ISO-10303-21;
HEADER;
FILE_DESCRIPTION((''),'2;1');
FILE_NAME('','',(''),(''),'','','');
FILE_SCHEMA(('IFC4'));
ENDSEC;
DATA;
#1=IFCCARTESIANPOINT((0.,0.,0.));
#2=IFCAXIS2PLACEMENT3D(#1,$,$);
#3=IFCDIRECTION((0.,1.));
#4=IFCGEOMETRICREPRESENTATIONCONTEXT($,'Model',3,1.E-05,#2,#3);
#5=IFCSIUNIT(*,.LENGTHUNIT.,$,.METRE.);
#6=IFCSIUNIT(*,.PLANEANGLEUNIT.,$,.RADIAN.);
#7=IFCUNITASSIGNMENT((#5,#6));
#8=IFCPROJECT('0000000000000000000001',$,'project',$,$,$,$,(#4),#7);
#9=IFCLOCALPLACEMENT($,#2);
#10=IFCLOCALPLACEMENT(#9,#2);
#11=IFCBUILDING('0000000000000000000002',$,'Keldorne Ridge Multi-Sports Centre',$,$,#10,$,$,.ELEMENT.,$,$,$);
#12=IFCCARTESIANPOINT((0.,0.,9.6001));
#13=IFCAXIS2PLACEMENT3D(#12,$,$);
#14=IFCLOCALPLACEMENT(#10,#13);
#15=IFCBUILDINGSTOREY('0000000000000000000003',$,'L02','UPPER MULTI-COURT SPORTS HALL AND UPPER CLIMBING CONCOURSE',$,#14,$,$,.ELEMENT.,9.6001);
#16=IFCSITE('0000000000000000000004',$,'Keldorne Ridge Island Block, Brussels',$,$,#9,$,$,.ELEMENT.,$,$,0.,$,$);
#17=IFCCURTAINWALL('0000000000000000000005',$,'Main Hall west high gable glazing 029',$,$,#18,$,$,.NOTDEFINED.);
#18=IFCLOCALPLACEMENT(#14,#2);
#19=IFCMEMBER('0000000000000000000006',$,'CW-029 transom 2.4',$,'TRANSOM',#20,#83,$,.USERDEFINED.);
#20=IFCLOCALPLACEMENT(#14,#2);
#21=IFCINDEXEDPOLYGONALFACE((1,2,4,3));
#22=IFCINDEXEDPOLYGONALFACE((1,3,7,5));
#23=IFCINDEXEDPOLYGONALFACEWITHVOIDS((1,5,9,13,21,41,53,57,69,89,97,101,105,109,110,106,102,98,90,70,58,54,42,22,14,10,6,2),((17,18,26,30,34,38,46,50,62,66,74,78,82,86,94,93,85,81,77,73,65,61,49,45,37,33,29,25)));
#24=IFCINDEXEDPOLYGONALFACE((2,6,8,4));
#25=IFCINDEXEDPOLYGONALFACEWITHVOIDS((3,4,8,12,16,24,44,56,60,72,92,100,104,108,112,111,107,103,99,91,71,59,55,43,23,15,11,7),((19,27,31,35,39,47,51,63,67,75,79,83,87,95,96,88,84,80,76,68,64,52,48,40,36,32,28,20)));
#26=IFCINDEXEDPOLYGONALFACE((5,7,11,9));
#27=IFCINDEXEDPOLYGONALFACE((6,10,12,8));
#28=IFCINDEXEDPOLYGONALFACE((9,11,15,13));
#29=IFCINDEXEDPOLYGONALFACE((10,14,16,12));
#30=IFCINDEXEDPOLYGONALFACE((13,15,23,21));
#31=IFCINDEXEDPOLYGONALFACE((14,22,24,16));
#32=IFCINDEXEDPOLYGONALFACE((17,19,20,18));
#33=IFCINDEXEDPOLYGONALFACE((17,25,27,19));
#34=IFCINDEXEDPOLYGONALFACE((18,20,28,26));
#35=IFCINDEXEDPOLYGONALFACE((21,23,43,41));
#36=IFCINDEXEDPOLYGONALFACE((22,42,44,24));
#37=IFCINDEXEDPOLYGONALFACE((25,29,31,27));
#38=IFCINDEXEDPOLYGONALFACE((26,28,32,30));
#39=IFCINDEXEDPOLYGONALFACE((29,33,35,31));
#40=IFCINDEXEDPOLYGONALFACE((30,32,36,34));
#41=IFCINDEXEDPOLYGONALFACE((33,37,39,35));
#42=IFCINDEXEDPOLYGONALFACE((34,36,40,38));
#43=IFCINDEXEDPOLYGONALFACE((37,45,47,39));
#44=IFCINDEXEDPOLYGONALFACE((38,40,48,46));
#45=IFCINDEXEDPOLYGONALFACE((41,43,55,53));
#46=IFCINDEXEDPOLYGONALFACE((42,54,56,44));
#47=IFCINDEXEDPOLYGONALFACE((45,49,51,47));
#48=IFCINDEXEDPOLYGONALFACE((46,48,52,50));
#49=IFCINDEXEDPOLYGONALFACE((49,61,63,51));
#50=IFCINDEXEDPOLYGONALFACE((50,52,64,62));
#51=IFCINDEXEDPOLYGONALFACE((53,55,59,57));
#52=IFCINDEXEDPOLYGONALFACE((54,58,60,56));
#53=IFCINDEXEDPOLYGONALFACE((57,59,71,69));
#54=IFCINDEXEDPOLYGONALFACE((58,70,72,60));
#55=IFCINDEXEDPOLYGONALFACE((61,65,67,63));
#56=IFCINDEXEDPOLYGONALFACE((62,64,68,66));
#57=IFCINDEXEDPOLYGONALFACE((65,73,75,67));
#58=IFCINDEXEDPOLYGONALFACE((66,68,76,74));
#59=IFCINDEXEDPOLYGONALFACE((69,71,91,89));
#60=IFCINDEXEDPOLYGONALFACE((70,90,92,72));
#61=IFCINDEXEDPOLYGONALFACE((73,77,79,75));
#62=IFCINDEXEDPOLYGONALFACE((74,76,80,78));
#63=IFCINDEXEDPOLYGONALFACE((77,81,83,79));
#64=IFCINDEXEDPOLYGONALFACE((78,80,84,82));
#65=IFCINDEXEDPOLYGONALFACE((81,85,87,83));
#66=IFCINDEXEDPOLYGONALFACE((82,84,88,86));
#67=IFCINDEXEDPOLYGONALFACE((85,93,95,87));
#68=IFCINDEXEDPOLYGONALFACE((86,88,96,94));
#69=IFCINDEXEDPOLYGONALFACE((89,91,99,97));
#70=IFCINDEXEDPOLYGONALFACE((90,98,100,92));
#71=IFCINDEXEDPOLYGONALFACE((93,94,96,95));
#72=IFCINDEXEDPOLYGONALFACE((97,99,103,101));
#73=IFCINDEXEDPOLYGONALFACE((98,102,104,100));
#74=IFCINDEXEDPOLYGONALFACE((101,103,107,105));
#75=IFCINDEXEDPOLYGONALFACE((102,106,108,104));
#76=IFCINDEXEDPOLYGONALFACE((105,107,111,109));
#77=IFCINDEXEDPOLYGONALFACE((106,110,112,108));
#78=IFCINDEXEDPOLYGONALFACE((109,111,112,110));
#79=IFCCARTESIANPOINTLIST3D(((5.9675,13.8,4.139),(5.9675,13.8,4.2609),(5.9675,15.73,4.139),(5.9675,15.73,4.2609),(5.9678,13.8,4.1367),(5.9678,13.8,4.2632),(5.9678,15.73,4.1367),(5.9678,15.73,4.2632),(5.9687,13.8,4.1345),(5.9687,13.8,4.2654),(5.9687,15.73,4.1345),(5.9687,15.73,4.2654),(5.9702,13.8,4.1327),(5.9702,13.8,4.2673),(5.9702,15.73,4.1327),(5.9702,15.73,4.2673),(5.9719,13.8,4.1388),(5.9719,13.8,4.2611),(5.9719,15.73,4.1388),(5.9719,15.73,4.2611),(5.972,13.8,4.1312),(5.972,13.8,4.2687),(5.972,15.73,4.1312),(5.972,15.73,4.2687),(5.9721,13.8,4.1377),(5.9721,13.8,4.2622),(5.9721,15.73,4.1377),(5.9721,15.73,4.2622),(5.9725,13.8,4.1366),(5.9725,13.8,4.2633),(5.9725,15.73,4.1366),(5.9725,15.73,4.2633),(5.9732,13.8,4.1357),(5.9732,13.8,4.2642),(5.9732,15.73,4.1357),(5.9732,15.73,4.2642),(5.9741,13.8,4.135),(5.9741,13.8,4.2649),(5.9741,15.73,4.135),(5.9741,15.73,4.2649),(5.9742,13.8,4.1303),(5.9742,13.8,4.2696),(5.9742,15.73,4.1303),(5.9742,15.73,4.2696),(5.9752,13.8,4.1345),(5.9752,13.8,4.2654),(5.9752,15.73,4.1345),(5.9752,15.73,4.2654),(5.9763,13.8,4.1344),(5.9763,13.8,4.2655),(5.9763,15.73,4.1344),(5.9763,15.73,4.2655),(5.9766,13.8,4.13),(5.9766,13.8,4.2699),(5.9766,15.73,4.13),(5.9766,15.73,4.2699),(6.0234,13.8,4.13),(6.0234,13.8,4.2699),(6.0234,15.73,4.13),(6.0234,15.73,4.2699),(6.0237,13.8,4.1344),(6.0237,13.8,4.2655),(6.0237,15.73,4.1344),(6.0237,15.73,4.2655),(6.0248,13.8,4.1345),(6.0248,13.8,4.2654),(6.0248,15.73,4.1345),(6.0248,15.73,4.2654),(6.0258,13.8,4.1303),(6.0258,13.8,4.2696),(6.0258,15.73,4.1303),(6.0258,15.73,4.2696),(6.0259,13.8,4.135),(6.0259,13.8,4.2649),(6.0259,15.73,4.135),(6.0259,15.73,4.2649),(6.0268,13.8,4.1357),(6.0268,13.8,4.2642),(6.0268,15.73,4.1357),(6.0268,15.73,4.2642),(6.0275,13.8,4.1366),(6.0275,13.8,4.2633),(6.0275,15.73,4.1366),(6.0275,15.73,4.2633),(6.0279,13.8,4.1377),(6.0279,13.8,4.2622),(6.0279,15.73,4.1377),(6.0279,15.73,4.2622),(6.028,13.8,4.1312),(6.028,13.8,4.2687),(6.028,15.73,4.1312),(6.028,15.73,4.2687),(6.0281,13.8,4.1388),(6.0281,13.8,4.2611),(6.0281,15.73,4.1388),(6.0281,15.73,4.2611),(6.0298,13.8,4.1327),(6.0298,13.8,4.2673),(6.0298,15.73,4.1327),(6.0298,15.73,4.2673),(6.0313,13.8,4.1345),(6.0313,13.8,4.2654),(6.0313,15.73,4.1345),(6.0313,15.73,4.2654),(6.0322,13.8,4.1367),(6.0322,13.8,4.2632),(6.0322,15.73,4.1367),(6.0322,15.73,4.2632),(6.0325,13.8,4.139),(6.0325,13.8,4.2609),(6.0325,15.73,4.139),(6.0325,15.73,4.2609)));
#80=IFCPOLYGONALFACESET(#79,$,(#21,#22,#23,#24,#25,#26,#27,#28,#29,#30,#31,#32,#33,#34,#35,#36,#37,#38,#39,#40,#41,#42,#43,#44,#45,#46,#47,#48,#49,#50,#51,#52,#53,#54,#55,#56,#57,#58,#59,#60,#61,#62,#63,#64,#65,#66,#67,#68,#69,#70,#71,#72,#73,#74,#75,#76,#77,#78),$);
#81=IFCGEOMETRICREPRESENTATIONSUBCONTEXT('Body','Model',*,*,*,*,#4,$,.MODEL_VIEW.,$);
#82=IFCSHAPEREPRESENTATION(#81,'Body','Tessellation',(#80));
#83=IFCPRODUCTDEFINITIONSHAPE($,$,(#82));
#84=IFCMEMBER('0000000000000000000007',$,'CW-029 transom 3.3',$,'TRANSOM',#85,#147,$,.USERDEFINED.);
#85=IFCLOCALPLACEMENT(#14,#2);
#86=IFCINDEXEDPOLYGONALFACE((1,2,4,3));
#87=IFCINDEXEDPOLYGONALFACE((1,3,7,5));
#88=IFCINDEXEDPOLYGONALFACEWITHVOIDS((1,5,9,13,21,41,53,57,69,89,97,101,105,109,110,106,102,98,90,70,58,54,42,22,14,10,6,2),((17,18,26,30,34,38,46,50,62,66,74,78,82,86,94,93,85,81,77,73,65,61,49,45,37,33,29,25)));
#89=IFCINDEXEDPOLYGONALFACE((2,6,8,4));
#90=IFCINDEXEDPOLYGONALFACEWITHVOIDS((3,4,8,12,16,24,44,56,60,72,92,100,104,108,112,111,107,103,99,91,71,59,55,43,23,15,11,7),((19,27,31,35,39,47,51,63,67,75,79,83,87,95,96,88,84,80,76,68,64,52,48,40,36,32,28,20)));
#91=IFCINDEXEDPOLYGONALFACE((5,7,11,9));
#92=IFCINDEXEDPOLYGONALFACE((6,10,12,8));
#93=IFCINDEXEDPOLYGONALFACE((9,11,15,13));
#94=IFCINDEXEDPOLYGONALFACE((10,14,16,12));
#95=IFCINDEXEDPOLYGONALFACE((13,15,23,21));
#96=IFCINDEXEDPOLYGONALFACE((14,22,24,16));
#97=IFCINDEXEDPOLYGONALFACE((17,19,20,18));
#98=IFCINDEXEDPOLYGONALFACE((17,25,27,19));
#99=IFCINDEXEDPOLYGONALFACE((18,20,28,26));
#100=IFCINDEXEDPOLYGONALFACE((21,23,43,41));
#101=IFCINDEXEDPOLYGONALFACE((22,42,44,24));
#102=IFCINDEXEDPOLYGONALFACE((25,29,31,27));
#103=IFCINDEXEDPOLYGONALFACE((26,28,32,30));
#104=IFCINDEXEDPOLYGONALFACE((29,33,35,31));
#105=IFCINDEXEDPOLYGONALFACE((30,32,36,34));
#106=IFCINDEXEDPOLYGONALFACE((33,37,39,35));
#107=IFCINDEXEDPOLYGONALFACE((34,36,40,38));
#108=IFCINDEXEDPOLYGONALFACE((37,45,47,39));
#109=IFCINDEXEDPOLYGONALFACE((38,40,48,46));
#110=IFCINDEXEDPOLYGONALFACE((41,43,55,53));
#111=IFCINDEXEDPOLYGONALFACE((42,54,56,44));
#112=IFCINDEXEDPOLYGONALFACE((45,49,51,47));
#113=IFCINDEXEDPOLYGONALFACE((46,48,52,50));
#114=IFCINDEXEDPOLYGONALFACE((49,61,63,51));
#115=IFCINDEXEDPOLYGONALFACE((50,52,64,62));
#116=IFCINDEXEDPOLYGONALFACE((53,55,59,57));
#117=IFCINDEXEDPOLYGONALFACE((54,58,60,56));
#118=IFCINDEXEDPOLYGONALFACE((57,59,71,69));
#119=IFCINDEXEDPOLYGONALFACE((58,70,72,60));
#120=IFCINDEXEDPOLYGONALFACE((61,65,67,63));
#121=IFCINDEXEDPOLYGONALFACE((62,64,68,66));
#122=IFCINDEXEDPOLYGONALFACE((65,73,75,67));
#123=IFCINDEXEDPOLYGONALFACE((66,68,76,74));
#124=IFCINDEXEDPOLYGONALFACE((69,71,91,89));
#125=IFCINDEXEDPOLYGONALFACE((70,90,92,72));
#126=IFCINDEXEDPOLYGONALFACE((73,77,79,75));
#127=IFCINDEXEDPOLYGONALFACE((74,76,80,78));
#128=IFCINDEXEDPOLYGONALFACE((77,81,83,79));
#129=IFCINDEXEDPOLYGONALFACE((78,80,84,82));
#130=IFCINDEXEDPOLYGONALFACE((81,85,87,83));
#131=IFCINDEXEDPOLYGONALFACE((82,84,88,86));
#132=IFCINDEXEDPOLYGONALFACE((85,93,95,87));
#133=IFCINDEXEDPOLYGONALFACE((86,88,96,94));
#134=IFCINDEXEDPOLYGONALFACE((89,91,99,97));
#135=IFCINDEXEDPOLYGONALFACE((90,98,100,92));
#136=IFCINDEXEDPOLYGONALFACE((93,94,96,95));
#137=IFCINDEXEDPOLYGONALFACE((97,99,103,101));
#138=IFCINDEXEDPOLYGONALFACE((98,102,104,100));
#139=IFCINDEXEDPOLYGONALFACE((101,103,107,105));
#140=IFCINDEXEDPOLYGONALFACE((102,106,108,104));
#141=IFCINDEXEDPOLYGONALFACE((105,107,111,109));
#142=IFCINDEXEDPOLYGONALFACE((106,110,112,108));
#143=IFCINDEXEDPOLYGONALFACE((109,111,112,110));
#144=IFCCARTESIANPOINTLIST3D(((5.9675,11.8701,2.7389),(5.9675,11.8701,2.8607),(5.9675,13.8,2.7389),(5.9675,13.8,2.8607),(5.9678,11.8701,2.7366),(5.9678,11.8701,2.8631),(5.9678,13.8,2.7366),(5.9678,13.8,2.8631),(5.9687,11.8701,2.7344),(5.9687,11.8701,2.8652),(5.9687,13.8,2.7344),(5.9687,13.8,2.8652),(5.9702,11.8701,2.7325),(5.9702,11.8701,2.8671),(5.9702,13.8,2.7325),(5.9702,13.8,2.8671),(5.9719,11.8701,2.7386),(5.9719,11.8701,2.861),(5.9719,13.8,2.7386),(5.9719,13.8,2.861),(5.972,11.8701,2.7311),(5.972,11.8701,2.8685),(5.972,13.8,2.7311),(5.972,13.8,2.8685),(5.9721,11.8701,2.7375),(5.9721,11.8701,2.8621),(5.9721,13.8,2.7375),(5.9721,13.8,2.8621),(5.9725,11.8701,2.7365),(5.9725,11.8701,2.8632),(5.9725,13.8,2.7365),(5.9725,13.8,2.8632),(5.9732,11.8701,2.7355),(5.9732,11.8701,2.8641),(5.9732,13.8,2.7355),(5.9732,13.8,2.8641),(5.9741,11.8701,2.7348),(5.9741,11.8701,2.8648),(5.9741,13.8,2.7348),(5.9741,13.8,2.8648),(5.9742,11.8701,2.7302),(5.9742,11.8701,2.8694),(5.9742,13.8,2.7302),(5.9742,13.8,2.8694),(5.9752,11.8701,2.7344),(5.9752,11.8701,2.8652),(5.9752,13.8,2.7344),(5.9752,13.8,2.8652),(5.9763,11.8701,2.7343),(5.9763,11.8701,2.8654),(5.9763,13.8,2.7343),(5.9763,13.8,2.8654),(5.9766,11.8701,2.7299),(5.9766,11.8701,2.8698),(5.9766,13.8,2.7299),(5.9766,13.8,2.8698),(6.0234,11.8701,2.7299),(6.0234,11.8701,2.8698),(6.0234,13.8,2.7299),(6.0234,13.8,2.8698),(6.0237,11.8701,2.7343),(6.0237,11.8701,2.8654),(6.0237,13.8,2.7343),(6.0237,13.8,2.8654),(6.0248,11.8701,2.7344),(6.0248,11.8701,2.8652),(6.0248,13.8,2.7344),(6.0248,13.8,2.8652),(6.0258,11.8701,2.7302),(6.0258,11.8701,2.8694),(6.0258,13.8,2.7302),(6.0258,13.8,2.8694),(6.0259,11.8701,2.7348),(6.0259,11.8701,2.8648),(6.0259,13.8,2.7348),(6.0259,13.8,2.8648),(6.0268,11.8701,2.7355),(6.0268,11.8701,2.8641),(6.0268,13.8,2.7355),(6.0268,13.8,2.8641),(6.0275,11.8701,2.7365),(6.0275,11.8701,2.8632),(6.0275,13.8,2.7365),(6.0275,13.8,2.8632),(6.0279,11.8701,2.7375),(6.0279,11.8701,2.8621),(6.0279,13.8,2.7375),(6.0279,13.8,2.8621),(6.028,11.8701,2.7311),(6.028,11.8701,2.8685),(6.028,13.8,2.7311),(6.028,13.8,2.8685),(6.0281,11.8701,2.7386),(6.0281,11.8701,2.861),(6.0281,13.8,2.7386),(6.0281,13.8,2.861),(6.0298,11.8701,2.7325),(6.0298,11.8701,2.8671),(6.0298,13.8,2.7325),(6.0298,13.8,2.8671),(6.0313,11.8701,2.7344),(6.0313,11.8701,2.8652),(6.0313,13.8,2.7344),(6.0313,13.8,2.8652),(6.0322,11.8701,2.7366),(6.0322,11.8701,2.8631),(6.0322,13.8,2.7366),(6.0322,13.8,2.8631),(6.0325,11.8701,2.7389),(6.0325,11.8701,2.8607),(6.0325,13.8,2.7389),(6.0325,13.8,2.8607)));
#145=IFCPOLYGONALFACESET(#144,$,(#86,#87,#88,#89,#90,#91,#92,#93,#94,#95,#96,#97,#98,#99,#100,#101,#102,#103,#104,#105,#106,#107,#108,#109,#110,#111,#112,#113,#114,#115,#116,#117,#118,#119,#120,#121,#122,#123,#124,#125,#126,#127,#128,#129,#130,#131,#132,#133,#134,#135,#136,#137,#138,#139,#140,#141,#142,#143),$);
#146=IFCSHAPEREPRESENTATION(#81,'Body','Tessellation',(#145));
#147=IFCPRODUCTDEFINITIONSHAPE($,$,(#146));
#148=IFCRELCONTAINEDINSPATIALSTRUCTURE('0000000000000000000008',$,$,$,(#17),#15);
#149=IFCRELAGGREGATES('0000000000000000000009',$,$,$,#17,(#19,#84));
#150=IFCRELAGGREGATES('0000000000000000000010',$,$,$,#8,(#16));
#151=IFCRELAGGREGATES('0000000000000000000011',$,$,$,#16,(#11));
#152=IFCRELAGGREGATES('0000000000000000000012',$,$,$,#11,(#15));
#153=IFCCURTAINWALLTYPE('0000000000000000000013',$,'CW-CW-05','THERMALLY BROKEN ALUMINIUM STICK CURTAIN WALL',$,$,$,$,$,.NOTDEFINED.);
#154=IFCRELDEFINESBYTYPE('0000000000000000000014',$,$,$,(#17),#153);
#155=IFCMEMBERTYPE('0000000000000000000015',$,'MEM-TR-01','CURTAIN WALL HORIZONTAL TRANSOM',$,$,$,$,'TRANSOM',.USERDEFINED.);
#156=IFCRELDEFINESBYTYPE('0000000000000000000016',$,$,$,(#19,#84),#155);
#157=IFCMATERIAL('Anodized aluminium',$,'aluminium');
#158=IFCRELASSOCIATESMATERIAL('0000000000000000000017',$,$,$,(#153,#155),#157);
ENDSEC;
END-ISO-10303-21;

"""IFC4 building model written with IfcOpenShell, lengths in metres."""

from ifc_helpers import new_model, si_unit, direction, frame, origin, origin_2d, place, context, subcontext, project, spatial, hollow_rectangle, extrude, material, material_profile, profile_set, type_object, element, aggregate, save


model = new_model("IFC4")

# Units and contexts
model_context = context("Model", 3, precision=1e-05, world=origin(), true_north=direction((0.0, 1.0)))
body_context = subcontext(model_context, "Body", "Model", "MODEL_VIEW")
ifc_project = project(units=[si_unit("LENGTHUNIT", "METRE"), si_unit("PLANEANGLEUNIT", "RADIAN")], contexts=[model_context])

# Site, building, storey
site_placement = place(None, origin())
site = spatial("IfcSite", under=ifc_project, at=site_placement, Name="Keldorne Ridge Island Block, Brussels", CompositionType="ELEMENT", RefElevation=0.0)
building_placement = place(site_placement, origin())
building = spatial("IfcBuilding", under=site, at=building_placement, Name="Keldorne Ridge Multi-Sports Centre", CompositionType="ELEMENT")
storey_placement = place(building_placement, frame((0.0, 0.0, 9.6001)))
storey = spatial("IfcBuildingStorey", under=building, at=storey_placement, Name="L02", Description="UPPER MULTI-COURT SPORTS HALL AND UPPER CLIMBING CONCOURSE", CompositionType="ELEMENT", Elevation=9.6001)

# Curtain wall, members
ifc_material_1 = material(Name="Anodized aluminium", Category="aluminium")
curtain_wall_type_1 = type_object("IfcCurtainWallType", Name="CW-CW-05", Description="THERMALLY BROKEN ALUMINIUM STICK CURTAIN WALL", PredefinedType="NOTDEFINED", material=ifc_material_1)
curtain_wall_1_placement = place(storey_placement, origin())
curtain_wall_1 = element("IfcCurtainWall", 1, at=curtain_wall_1_placement, inside=storey, type_object=curtain_wall_type_1, Name="Main Hall west high gable glazing 029", PredefinedType="NOTDEFINED")
ifc_material_profile_1 = material_profile(ifc_material_1, hollow_rectangle(XDim=0.0649, YDim=0.1399, WallThickness=0.0044, InnerFilletRadius=0.0044, OuterFilletRadius=0.009, at=origin_2d()), Name="ALU TRANSOM 140x65x4.5")
ifc_profile_set_1 = profile_set([ifc_material_profile_1], Name="Anodized aluminium")
member_type_1 = type_object("IfcMemberType", Name="MEM-TR-01", Description="CURTAIN WALL HORIZONTAL TRANSOM", ElementType="TRANSOM", PredefinedType="USERDEFINED", material=ifc_profile_set_1)
member_1_placement = place(storey_placement, frame((6.0, 15.73, 4.2), z_axis=(0.0, -1.0, 0.0), x_axis=(1.0, 0.0, 0.0)))
member_1 = element("IfcMember", 2, at=member_1_placement, type_object=member_type_1, Name="CW-029 transom 2.4", ObjectType="TRANSOM", PredefinedType="USERDEFINED", context=body_context, shape_type="SweptSolid", body=[
    extrude(hollow_rectangle(XDim=0.0649, YDim=0.1399, WallThickness=0.0044, InnerFilletRadius=0.0044, OuterFilletRadius=0.009, at=origin_2d()), origin(), (0.0, 0.0, 1.0), 1.9299),
])
member_2_placement = place(storey_placement, frame((6.0, 13.8, 2.7998), z_axis=(0.0, -1.0, 0.0), x_axis=(1.0, 0.0, 0.0)))
member_2 = element("IfcMember", 3, at=member_2_placement, type_object=member_type_1, Name="CW-029 transom 3.3", ObjectType="TRANSOM", PredefinedType="USERDEFINED", context=body_context, shape_type="SweptSolid", body=[
    extrude(hollow_rectangle(XDim=0.0649, YDim=0.1399, WallThickness=0.0044, InnerFilletRadius=0.0044, OuterFilletRadius=0.009, at=origin_2d()), origin(), (0.0, 0.0, 1.0), 1.9299),
])

aggregate(curtain_wall_1, [member_1, member_2])

save(model, "model.ifc")
